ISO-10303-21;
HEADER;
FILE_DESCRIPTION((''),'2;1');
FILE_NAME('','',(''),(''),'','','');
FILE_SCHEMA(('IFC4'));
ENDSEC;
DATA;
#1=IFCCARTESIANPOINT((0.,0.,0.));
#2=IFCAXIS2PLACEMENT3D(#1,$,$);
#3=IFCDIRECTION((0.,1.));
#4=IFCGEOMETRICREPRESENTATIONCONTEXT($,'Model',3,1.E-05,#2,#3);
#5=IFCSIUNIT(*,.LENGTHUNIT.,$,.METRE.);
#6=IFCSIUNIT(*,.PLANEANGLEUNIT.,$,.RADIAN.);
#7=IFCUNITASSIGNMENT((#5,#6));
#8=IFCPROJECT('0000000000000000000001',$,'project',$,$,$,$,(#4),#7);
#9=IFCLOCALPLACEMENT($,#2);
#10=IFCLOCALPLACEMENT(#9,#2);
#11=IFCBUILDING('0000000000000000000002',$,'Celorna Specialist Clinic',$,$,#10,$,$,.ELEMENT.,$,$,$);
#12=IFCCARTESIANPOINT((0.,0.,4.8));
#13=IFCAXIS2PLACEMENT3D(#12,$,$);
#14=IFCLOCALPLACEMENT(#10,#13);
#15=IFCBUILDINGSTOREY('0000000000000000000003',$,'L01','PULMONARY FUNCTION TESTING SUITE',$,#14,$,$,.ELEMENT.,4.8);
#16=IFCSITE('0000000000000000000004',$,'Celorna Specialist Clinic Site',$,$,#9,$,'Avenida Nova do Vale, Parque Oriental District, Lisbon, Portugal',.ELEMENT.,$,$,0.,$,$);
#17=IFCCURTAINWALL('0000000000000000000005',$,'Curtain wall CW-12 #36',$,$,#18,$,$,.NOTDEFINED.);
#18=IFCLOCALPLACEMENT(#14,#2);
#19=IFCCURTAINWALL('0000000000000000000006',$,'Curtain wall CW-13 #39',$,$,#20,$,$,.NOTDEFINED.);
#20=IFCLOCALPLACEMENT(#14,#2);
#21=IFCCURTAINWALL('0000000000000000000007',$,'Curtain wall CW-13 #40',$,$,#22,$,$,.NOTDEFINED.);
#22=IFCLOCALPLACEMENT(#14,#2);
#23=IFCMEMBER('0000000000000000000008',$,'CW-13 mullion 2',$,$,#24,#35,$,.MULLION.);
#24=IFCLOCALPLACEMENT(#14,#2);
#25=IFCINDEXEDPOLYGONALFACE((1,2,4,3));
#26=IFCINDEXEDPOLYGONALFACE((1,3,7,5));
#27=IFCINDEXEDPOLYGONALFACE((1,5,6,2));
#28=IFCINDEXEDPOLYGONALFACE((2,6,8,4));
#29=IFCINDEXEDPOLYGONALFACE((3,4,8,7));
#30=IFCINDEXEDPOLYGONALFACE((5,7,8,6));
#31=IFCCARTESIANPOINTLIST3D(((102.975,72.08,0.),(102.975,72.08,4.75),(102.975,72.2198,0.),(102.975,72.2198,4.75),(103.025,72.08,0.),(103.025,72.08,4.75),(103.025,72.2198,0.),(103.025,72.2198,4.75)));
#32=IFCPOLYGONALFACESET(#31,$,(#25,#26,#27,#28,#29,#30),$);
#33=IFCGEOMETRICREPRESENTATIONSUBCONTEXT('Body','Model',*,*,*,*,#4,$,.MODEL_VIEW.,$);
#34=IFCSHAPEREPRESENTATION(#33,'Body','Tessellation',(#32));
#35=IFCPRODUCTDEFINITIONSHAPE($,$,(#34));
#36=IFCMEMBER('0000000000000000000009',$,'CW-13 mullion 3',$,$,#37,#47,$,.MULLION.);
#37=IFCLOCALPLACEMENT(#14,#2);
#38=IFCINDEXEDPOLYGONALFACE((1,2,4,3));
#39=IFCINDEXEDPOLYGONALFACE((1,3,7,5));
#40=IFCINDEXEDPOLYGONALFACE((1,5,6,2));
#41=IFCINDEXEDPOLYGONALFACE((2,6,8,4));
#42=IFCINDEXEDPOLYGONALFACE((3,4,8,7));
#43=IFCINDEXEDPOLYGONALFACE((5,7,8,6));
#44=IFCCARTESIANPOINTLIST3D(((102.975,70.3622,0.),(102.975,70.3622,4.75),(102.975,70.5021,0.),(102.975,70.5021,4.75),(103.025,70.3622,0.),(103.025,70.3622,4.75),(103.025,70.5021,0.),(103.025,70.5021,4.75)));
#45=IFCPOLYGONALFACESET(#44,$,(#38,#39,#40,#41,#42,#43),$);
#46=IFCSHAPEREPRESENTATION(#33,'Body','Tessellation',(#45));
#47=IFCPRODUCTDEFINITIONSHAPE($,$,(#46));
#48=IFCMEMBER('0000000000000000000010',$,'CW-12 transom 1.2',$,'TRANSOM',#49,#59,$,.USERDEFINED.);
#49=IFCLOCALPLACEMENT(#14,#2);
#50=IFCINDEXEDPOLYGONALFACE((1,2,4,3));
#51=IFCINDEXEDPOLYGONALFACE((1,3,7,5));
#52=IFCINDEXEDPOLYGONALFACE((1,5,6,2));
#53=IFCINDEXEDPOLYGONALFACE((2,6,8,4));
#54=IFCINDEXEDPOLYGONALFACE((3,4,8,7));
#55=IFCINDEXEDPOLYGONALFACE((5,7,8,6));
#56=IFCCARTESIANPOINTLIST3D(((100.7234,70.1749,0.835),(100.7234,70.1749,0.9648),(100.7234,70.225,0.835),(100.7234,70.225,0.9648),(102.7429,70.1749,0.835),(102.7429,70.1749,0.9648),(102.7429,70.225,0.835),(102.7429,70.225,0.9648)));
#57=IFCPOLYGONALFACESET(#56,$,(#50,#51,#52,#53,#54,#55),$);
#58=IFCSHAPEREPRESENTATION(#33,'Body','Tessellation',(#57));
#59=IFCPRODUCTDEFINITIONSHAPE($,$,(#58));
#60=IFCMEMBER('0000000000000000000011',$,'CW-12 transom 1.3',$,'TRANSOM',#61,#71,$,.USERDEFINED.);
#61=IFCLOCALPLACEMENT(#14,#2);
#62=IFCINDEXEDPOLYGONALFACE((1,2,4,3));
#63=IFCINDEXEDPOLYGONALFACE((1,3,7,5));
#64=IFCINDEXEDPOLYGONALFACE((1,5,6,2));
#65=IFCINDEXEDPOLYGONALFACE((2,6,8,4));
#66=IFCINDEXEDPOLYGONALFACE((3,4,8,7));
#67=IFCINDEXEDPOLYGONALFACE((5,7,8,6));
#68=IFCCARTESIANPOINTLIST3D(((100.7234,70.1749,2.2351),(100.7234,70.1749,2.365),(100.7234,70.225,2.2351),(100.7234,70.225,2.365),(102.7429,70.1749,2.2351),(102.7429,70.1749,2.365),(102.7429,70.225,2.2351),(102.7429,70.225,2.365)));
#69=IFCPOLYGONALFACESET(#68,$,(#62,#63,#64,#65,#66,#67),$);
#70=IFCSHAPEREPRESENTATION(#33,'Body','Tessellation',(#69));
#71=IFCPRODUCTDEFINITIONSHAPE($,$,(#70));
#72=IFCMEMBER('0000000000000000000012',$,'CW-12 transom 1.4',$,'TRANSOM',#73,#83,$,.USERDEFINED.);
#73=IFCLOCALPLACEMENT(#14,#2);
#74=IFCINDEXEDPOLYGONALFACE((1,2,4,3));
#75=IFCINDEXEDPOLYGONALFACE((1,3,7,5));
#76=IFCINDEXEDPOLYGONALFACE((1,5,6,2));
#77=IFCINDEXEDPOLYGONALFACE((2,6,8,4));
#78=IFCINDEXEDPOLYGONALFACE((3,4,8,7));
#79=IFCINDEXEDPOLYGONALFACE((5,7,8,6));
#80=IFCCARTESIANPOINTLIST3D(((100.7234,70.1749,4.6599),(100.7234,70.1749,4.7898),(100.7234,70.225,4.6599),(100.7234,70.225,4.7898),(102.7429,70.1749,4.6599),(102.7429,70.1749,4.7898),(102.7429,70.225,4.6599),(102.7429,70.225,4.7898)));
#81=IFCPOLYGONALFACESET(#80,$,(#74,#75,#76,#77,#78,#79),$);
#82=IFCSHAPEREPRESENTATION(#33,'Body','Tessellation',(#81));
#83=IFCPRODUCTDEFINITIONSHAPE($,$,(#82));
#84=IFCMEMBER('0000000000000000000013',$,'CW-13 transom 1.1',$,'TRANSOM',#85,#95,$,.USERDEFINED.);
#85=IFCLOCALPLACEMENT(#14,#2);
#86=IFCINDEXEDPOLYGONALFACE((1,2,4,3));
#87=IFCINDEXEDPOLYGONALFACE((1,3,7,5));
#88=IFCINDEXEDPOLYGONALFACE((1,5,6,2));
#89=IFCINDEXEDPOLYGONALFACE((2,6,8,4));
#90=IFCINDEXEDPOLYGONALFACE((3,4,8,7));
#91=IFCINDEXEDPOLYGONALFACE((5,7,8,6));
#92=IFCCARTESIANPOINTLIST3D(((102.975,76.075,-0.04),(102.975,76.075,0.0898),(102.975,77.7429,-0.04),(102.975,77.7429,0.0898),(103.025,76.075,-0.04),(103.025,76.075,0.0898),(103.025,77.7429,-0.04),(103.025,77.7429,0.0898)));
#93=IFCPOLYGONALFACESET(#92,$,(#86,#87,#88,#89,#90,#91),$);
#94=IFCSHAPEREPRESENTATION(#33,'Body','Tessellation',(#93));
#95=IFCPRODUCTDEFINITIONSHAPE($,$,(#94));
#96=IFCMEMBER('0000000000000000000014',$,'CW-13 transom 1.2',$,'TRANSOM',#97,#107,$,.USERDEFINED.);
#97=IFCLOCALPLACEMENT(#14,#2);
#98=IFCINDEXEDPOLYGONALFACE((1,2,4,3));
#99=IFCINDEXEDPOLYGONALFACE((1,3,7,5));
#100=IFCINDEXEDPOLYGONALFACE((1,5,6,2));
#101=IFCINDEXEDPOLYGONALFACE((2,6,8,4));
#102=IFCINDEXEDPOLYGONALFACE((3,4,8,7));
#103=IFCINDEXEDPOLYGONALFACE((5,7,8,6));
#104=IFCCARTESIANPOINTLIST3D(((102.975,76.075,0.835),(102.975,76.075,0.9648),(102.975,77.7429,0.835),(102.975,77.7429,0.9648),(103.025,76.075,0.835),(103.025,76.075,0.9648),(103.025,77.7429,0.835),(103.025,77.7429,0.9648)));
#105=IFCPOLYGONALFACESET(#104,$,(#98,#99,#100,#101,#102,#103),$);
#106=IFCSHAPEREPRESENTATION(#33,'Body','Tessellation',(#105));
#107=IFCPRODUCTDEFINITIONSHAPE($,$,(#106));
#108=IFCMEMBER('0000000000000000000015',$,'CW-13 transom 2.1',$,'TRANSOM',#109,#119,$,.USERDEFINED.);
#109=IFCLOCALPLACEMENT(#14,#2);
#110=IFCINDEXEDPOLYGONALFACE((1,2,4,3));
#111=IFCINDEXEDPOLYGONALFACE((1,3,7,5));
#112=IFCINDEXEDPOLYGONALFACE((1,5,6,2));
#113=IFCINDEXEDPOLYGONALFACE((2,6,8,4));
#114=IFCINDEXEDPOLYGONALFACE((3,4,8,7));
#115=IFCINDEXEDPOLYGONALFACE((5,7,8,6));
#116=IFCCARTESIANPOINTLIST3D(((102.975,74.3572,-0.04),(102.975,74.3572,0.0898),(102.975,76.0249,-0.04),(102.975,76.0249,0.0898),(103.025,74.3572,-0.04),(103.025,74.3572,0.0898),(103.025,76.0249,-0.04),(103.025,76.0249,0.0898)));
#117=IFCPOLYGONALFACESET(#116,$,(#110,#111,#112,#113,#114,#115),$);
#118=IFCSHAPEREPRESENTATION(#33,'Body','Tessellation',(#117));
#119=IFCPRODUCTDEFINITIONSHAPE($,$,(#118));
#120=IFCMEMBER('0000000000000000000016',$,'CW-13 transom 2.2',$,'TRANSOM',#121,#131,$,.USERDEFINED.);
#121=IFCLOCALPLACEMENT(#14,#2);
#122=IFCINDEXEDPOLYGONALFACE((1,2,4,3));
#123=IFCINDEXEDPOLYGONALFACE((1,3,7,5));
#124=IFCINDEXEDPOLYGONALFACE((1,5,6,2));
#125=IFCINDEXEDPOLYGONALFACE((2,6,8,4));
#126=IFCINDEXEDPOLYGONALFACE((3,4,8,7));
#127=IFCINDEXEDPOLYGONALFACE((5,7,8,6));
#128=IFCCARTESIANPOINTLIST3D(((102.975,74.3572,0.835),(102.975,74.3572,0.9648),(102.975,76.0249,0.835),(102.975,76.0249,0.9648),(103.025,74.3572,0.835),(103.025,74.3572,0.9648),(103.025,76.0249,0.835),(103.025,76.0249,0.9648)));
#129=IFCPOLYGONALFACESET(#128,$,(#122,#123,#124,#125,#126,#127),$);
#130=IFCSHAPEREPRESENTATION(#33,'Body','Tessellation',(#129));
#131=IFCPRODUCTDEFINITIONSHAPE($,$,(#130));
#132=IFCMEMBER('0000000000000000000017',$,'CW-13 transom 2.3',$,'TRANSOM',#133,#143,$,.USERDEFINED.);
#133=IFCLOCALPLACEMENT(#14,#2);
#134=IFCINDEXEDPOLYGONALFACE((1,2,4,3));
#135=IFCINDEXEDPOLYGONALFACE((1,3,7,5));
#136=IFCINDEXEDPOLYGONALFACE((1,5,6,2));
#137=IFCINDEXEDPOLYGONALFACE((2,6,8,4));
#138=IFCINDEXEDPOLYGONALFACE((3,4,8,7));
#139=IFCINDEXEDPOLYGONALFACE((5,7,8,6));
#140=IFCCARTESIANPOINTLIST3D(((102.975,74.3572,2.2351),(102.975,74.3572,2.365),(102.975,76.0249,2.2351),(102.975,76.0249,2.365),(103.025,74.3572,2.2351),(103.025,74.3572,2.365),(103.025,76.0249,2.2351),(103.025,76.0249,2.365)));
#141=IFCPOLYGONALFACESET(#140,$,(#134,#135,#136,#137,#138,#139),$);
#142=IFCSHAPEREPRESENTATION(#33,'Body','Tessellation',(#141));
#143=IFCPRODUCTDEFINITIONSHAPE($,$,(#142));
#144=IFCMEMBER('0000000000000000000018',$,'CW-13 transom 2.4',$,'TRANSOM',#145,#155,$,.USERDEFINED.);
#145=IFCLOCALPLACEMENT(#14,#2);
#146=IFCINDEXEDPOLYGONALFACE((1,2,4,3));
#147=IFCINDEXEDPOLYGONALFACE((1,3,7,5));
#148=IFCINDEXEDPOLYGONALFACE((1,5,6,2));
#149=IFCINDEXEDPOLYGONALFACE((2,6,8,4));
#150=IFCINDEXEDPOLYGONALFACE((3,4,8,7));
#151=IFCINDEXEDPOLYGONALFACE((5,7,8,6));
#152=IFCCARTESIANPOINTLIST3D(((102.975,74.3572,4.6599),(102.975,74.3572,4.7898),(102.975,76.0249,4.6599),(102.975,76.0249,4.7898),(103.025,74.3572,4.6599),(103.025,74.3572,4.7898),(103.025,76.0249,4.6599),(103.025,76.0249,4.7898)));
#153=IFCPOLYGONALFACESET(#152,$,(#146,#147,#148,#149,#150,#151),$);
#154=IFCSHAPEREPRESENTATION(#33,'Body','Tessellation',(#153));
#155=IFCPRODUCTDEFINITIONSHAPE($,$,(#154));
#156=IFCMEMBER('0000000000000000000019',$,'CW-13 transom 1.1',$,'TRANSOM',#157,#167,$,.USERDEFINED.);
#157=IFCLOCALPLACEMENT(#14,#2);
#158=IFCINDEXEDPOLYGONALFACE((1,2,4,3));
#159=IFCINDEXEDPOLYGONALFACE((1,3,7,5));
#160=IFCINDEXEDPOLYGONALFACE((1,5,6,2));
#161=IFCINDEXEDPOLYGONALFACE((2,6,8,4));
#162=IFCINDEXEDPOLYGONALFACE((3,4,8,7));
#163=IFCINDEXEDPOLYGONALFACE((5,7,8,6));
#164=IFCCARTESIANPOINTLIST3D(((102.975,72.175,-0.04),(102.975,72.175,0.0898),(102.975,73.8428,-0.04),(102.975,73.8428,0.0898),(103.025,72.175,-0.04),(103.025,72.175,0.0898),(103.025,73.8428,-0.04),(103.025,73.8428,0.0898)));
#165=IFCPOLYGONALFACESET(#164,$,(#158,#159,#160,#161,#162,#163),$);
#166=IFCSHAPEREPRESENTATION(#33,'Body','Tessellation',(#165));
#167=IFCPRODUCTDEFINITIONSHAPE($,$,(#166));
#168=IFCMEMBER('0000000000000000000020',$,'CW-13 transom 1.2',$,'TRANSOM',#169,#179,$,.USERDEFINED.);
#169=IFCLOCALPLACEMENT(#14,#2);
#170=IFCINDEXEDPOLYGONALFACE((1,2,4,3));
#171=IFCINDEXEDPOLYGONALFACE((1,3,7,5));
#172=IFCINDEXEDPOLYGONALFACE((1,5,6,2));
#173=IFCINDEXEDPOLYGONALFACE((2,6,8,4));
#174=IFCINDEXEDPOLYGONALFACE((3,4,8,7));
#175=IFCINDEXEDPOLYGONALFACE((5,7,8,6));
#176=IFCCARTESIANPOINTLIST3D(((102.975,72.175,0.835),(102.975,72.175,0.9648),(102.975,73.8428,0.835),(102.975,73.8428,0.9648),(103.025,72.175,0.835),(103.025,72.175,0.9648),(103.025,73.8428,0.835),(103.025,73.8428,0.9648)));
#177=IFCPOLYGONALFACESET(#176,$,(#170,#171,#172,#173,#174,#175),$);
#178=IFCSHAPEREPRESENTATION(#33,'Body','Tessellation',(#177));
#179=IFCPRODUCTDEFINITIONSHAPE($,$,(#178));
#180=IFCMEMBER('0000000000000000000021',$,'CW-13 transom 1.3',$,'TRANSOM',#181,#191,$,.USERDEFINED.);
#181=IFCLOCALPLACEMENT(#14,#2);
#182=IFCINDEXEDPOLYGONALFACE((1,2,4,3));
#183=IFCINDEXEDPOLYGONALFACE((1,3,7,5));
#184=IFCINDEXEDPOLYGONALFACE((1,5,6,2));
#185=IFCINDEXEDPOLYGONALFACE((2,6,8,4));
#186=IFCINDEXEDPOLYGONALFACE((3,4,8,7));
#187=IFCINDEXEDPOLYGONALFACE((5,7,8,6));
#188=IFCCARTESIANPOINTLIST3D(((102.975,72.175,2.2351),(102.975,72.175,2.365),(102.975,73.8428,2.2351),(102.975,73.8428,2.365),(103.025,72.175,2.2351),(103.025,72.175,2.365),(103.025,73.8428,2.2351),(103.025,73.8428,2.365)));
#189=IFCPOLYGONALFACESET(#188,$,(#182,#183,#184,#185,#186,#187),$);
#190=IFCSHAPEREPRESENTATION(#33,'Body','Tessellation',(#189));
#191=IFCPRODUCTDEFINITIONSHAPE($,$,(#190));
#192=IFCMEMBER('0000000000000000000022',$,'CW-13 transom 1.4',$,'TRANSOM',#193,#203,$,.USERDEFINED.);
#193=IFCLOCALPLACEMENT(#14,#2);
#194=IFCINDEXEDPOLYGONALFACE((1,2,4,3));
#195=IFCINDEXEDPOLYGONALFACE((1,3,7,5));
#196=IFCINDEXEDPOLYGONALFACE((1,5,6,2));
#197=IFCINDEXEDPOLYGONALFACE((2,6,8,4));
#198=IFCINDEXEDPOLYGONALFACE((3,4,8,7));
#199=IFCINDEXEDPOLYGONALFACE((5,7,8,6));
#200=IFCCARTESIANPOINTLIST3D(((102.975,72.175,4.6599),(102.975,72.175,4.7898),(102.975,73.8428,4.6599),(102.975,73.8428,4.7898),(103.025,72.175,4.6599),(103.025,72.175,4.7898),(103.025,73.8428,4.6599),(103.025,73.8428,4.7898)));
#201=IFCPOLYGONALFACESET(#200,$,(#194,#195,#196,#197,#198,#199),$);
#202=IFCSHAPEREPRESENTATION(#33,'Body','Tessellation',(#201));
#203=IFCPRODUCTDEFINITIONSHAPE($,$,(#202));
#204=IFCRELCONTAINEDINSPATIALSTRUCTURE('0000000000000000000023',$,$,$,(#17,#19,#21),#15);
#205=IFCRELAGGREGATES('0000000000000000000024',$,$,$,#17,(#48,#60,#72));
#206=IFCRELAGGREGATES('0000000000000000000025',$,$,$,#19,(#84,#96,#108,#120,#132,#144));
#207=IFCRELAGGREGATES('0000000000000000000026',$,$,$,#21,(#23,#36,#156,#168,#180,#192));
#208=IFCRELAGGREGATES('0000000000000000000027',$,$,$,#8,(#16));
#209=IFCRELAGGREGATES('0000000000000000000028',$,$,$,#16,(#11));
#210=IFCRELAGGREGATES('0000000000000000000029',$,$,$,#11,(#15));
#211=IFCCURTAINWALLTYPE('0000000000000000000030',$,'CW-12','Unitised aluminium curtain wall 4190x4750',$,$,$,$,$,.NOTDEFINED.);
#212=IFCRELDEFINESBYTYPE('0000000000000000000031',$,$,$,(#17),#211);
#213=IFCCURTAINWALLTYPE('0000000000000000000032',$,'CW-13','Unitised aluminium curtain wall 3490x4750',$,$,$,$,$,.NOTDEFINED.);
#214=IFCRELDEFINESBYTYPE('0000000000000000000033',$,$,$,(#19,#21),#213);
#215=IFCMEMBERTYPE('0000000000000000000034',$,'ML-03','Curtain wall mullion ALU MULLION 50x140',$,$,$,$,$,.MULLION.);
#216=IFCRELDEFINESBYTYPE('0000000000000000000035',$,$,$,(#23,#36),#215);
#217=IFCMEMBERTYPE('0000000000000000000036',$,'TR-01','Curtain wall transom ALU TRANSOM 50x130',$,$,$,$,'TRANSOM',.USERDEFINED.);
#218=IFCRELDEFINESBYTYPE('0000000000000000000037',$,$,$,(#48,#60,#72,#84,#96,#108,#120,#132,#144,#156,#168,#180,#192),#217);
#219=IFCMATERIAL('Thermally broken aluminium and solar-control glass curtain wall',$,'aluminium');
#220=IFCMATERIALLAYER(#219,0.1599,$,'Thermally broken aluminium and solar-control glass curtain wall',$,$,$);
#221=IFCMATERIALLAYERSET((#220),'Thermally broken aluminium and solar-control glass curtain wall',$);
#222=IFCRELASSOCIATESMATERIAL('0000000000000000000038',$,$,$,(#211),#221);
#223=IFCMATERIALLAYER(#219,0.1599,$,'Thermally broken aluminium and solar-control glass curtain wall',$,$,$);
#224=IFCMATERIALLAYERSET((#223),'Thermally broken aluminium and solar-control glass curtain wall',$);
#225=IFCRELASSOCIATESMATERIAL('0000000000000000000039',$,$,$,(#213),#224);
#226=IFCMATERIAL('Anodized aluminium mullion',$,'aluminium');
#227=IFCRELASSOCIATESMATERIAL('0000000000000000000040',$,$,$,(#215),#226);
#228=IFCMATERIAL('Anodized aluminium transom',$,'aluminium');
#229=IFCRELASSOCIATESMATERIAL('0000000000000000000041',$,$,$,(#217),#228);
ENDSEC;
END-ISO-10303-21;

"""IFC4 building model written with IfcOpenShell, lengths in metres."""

from ifc_helpers import new_model, si_unit, direction, frame, origin, origin_2d, place, context, subcontext, project, spatial, rectangle, extrude, material, layer, layer_set, material_profile, profile_set, type_object, element, aggregate, save


model = new_model("IFC4")

# Units and contexts
model_context = context("Model", 3, precision=1e-05, world=origin(), true_north=direction((0.0, 1.0)))
body_context = subcontext(model_context, "Body", "Model", "MODEL_VIEW")
ifc_project = project(units=[si_unit("LENGTHUNIT", "METRE"), si_unit("PLANEANGLEUNIT", "RADIAN")], contexts=[model_context])

# Site, building, storey
site_placement = place(None, origin())
site = spatial("IfcSite", under=ifc_project, at=site_placement, Name="Celorna Specialist Clinic Site", LongName="Avenida Nova do Vale, Parque Oriental District, Lisbon, Portugal", CompositionType="ELEMENT", RefElevation=0.0)
building_placement = place(site_placement, origin())
building = spatial("IfcBuilding", under=site, at=building_placement, Name="Celorna Specialist Clinic", CompositionType="ELEMENT")
storey_placement = place(building_placement, frame((0.0, 0.0, 4.8)))
storey = spatial("IfcBuildingStorey", under=building, at=storey_placement, Name="L01", Description="PULMONARY FUNCTION TESTING SUITE", CompositionType="ELEMENT", Elevation=4.8)

# Curtain wall
ifc_material_1 = material(Name="Thermally broken aluminium and solar-control glass curtain wall", Category="aluminium")
ifc_layer_1 = layer(ifc_material_1, 0.1599, Name="Thermally broken aluminium and solar-control glass curtain wall")
ifc_layer_set_1 = layer_set([ifc_layer_1], Name="Thermally broken aluminium and solar-control glass curtain wall")
curtain_wall_type_1 = type_object("IfcCurtainWallType", Name="CW-12", Description="Unitised aluminium curtain wall 4190x4750", PredefinedType="NOTDEFINED", material=ifc_layer_set_1)
curtain_wall_1_placement = place(storey_placement, origin())
curtain_wall_1 = element("IfcCurtainWall", 1, at=curtain_wall_1_placement, inside=storey, type_object=curtain_wall_type_1, Name="Curtain wall CW-12 #36", PredefinedType="NOTDEFINED")
ifc_material_2 = material(Name="Anodized aluminium mullion", Category="aluminium")

# Curtain walls, members
ifc_layer_2 = layer(ifc_material_1, 0.1599, Name="Thermally broken aluminium and solar-control glass curtain wall")
ifc_layer_set_2 = layer_set([ifc_layer_2], Name="Thermally broken aluminium and solar-control glass curtain wall")
curtain_wall_type_2 = type_object("IfcCurtainWallType", Name="CW-13", Description="Unitised aluminium curtain wall 3490x4750", PredefinedType="NOTDEFINED", material=ifc_layer_set_2)
curtain_wall_2_placement = place(storey_placement, origin())
curtain_wall_2 = element("IfcCurtainWall", 2, at=curtain_wall_2_placement, inside=storey, type_object=curtain_wall_type_2, Name="Curtain wall CW-13 #39", PredefinedType="NOTDEFINED")
ifc_material_profile_1 = material_profile(ifc_material_2, rectangle(XDim=0.05, YDim=0.1399, at=origin_2d()), Name="ALU MULLION 50x140")
ifc_profile_set_1 = profile_set([ifc_material_profile_1], Name="Anodized aluminium mullion")
member_type_1 = type_object("IfcMemberType", Name="ML-03", Description="Curtain wall mullion ALU MULLION 50x140", PredefinedType="MULLION", material=ifc_profile_set_1)
curtain_wall_3_placement = place(storey_placement, origin())
curtain_wall_3 = element("IfcCurtainWall", 3, at=curtain_wall_3_placement, inside=storey, type_object=curtain_wall_type_2, Name="Curtain wall CW-13 #40", PredefinedType="NOTDEFINED")
member_1_placement = place(storey_placement, frame((103.0, 72.1499, 0.0), z_axis=(0.0, 0.0, 1.0), x_axis=(1.0, 0.0, 0.0)))
member_1 = element("IfcMember", 4, at=member_1_placement, type_object=member_type_1, Name="CW-13 mullion 2", PredefinedType="MULLION", context=body_context, shape_type="SweptSolid", body=[
    extrude(rectangle(XDim=0.05, YDim=0.1399, at=origin_2d()), origin(), (0.0, 0.0, 1.0), 4.75),
])
member_2_placement = place(storey_placement, frame((103.0, 70.4321, 0.0), z_axis=(0.0, 0.0, 1.0), x_axis=(1.0, 0.0, 0.0)))
member_2 = element("IfcMember", 5, at=member_2_placement, type_object=member_type_1, Name="CW-13 mullion 3", PredefinedType="MULLION", context=body_context, shape_type="SweptSolid", body=[
    extrude(rectangle(XDim=0.05, YDim=0.1399, at=origin_2d()), origin(), (0.0, 0.0, 1.0), 4.75),
])

# Members
ifc_material_3 = material(Name="Anodized aluminium transom", Category="aluminium")
ifc_material_profile_2 = material_profile(ifc_material_3, rectangle(XDim=0.05, YDim=0.1299, at=origin_2d()), Name="ALU TRANSOM 50x130")
ifc_profile_set_2 = profile_set([ifc_material_profile_2], Name="Anodized aluminium transom")
member_type_2 = type_object("IfcMemberType", Name="TR-01", Description="Curtain wall transom ALU TRANSOM 50x130", ElementType="TRANSOM", PredefinedType="USERDEFINED", material=ifc_profile_set_2)
member_3_placement = place(storey_placement, frame((102.7429, 70.2, 0.8999), z_axis=(-1.0, 0.0, 0.0), x_axis=(0.0, -1.0, 0.0)))
member_3 = element("IfcMember", 6, at=member_3_placement, type_object=member_type_2, Name="CW-12 transom 1.2", ObjectType="TRANSOM", PredefinedType="USERDEFINED", context=body_context, shape_type="SweptSolid", body=[
    extrude(rectangle(XDim=0.05, YDim=0.1299, at=origin_2d()), origin(), (0.0, 0.0, 1.0), 2.0195),
])
member_4_placement = place(storey_placement, frame((102.7429, 70.2, 2.3), z_axis=(-1.0, 0.0, 0.0), x_axis=(0.0, -1.0, 0.0)))
member_4 = element("IfcMember", 7, at=member_4_placement, type_object=member_type_2, Name="CW-12 transom 1.3", ObjectType="TRANSOM", PredefinedType="USERDEFINED", context=body_context, shape_type="SweptSolid", body=[
    extrude(rectangle(XDim=0.05, YDim=0.1299, at=origin_2d()), origin(), (0.0, 0.0, 1.0), 2.0195),
])
member_5_placement = place(storey_placement, frame((102.7429, 70.2, 4.7249), z_axis=(-1.0, 0.0, 0.0), x_axis=(0.0, -1.0, 0.0)))
member_5 = element("IfcMember", 8, at=member_5_placement, type_object=member_type_2, Name="CW-12 transom 1.4", ObjectType="TRANSOM", PredefinedType="USERDEFINED", context=body_context, shape_type="SweptSolid", body=[
    extrude(rectangle(XDim=0.05, YDim=0.1299, at=origin_2d()), origin(), (0.0, 0.0, 1.0), 2.0195),
])
aggregate(curtain_wall_1, [member_3, member_4, member_5])
member_6_placement = place(storey_placement, frame((103.0, 77.7429, 0.0249), z_axis=(0.0, -1.0, 0.0), x_axis=(1.0, 0.0, 0.0)))
member_6 = element("IfcMember", 9, at=member_6_placement, type_object=member_type_2, Name="CW-13 transom 1.1", ObjectType="TRANSOM", PredefinedType="USERDEFINED", context=body_context, shape_type="SweptSolid", body=[
    extrude(rectangle(XDim=0.05, YDim=0.1299, at=origin_2d()), origin(), (0.0, 0.0, 1.0), 1.668),
])
member_7_placement = place(storey_placement, frame((103.0, 77.7429, 0.8999), z_axis=(0.0, -1.0, 0.0), x_axis=(1.0, 0.0, 0.0)))
member_7 = element("IfcMember", 10, at=member_7_placement, type_object=member_type_2, Name="CW-13 transom 1.2", ObjectType="TRANSOM", PredefinedType="USERDEFINED", context=body_context, shape_type="SweptSolid", body=[
    extrude(rectangle(XDim=0.05, YDim=0.1299, at=origin_2d()), origin(), (0.0, 0.0, 1.0), 1.668),
])
member_8_placement = place(storey_placement, frame((103.0, 76.0249, 0.0249), z_axis=(0.0, -1.0, 0.0), x_axis=(1.0, 0.0, 0.0)))
member_8 = element("IfcMember", 11, at=member_8_placement, type_object=member_type_2, Name="CW-13 transom 2.1", ObjectType="TRANSOM", PredefinedType="USERDEFINED", context=body_context, shape_type="SweptSolid", body=[
    extrude(rectangle(XDim=0.05, YDim=0.1299, at=origin_2d()), origin(), (0.0, 0.0, 1.0), 1.6677),
])
member_9_placement = place(storey_placement, frame((103.0, 76.0249, 0.8999), z_axis=(0.0, -1.0, 0.0), x_axis=(1.0, 0.0, 0.0)))
member_9 = element("IfcMember", 12, at=member_9_placement, type_object=member_type_2, Name="CW-13 transom 2.2", ObjectType="TRANSOM", PredefinedType="USERDEFINED", context=body_context, shape_type="SweptSolid", body=[
    extrude(rectangle(XDim=0.05, YDim=0.1299, at=origin_2d()), origin(), (0.0, 0.0, 1.0), 1.6677),
])
member_10_placement = place(storey_placement, frame((103.0, 76.0249, 2.3), z_axis=(0.0, -1.0, 0.0), x_axis=(1.0, 0.0, 0.0)))
member_10 = element("IfcMember", 13, at=member_10_placement, type_object=member_type_2, Name="CW-13 transom 2.3", ObjectType="TRANSOM", PredefinedType="USERDEFINED", context=body_context, shape_type="SweptSolid", body=[
    extrude(rectangle(XDim=0.05, YDim=0.1299, at=origin_2d()), origin(), (0.0, 0.0, 1.0), 1.6677),
])
member_11_placement = place(storey_placement, frame((103.0, 76.0249, 4.7249), z_axis=(0.0, -1.0, 0.0), x_axis=(1.0, 0.0, 0.0)))
member_11 = element("IfcMember", 14, at=member_11_placement, type_object=member_type_2, Name="CW-13 transom 2.4", ObjectType="TRANSOM", PredefinedType="USERDEFINED", context=body_context, shape_type="SweptSolid", body=[
    extrude(rectangle(XDim=0.05, YDim=0.1299, at=origin_2d()), origin(), (0.0, 0.0, 1.0), 1.6677),
])
member_12_placement = place(storey_placement, frame((103.0, 73.8428, 0.0249), z_axis=(0.0, -1.0, 0.0), x_axis=(1.0, 0.0, 0.0)))
member_12 = element("IfcMember", 15, at=member_12_placement, type_object=member_type_2, Name="CW-13 transom 1.1", ObjectType="TRANSOM", PredefinedType="USERDEFINED", context=body_context, shape_type="SweptSolid", body=[
    extrude(rectangle(XDim=0.05, YDim=0.1299, at=origin_2d()), origin(), (0.0, 0.0, 1.0), 1.6677),
])
member_13_placement = place(storey_placement, frame((103.0, 73.8428, 0.8999), z_axis=(0.0, -1.0, 0.0), x_axis=(1.0, 0.0, 0.0)))
member_13 = element("IfcMember", 16, at=member_13_placement, type_object=member_type_2, Name="CW-13 transom 1.2", ObjectType="TRANSOM", PredefinedType="USERDEFINED", context=body_context, shape_type="SweptSolid", body=[
    extrude(rectangle(XDim=0.05, YDim=0.1299, at=origin_2d()), origin(), (0.0, 0.0, 1.0), 1.6677),
])
member_14_placement = place(storey_placement, frame((103.0, 73.8428, 2.3), z_axis=(0.0, -1.0, 0.0), x_axis=(1.0, 0.0, 0.0)))
member_14 = element("IfcMember", 17, at=member_14_placement, type_object=member_type_2, Name="CW-13 transom 1.3", ObjectType="TRANSOM", PredefinedType="USERDEFINED", context=body_context, shape_type="SweptSolid", body=[
    extrude(rectangle(XDim=0.05, YDim=0.1299, at=origin_2d()), origin(), (0.0, 0.0, 1.0), 1.6677),
])
member_15_placement = place(storey_placement, frame((103.0, 73.8428, 4.7249), z_axis=(0.0, -1.0, 0.0), x_axis=(1.0, 0.0, 0.0)))
member_15 = element("IfcMember", 18, at=member_15_placement, type_object=member_type_2, Name="CW-13 transom 1.4", ObjectType="TRANSOM", PredefinedType="USERDEFINED", context=body_context, shape_type="SweptSolid", body=[
    extrude(rectangle(XDim=0.05, YDim=0.1299, at=origin_2d()), origin(), (0.0, 0.0, 1.0), 1.6677),
])

aggregate(curtain_wall_2, [member_6, member_7, member_8, member_9, member_10, member_11])
aggregate(curtain_wall_3, [member_1, member_2, member_12, member_13, member_14, member_15])

save(model, "model.ifc")
